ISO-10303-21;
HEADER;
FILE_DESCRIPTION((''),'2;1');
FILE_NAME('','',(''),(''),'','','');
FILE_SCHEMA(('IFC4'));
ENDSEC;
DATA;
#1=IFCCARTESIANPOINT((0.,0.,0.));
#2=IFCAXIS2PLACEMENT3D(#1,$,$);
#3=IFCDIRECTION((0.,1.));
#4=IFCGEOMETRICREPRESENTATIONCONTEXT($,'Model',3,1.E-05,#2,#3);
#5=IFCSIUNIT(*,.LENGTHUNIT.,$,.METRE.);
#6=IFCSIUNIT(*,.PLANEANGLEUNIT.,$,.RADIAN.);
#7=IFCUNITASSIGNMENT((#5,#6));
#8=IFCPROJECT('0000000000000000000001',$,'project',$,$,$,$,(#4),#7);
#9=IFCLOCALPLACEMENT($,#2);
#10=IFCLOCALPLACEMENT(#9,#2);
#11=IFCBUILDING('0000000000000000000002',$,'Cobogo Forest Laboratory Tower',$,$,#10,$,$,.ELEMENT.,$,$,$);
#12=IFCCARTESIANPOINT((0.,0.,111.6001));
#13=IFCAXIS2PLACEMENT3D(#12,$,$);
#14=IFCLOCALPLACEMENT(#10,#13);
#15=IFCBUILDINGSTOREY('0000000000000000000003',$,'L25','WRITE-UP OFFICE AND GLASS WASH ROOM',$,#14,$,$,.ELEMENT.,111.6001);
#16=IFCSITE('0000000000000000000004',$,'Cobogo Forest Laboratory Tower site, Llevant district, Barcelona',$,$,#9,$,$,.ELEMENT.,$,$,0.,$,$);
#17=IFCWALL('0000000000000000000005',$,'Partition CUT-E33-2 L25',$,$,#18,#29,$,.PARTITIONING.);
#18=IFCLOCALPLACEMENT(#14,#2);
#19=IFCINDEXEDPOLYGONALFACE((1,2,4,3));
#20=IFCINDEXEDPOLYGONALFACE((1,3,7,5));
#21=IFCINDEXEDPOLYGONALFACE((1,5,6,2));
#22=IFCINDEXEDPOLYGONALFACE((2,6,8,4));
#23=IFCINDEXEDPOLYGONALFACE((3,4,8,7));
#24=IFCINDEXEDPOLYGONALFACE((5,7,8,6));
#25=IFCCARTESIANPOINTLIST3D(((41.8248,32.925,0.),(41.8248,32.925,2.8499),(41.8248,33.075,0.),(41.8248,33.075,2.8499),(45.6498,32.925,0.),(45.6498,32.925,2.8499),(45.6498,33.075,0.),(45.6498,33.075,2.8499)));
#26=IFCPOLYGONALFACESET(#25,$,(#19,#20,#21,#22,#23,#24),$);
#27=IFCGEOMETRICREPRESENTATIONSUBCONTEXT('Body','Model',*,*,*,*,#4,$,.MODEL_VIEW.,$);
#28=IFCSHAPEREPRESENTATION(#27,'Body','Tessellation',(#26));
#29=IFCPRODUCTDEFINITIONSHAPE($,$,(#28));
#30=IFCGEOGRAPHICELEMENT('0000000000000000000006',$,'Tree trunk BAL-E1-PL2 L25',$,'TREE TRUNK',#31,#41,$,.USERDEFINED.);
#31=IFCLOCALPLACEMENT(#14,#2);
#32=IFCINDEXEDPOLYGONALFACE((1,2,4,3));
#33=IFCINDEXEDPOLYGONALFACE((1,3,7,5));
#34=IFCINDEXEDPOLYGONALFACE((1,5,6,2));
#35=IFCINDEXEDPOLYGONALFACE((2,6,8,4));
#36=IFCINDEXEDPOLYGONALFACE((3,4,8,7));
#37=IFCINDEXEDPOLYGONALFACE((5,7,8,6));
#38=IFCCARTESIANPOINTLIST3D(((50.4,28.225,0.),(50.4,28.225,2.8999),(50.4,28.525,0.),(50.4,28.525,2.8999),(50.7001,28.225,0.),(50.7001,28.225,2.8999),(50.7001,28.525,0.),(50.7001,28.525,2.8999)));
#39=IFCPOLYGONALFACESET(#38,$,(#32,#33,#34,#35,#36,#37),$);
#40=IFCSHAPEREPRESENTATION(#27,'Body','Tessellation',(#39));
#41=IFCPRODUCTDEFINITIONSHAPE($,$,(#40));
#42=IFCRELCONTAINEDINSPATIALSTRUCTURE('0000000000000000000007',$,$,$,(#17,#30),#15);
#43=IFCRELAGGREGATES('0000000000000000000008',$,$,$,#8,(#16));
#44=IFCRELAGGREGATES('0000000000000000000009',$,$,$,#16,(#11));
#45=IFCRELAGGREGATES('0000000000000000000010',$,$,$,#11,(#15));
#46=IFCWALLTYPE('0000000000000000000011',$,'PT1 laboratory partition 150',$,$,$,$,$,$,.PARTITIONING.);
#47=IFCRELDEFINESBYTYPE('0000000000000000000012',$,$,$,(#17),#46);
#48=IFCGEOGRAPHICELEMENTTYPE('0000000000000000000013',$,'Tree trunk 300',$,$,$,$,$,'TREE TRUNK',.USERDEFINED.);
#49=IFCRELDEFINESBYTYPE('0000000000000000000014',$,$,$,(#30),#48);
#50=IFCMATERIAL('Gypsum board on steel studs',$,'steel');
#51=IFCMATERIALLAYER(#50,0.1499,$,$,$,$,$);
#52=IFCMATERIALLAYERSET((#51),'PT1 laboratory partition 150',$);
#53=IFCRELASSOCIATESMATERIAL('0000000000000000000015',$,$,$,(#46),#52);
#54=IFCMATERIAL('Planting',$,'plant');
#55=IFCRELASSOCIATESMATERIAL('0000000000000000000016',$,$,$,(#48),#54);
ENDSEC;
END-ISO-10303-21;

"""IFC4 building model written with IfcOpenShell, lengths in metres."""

from ifc_helpers import new_model, si_unit, direction, frame, frame_2d, origin, origin_2d, place, context, subcontext, project, spatial, rectangle, extrude, material, layer, layer_set, type_object, element, save


model = new_model("IFC4")

# Units and contexts
model_context = context("Model", 3, precision=1e-05, world=origin(), true_north=direction((0.0, 1.0)))
body_context = subcontext(model_context, "Body", "Model", "MODEL_VIEW")
ifc_project = project(units=[si_unit("LENGTHUNIT", "METRE"), si_unit("PLANEANGLEUNIT", "RADIAN")], contexts=[model_context])

# Site, building, storey
site_placement = place(None, origin())
site = spatial("IfcSite", under=ifc_project, at=site_placement, Name="Cobogo Forest Laboratory Tower site, Llevant district, Barcelona", CompositionType="ELEMENT", RefElevation=0.0)
building_placement = place(site_placement, origin())
building = spatial("IfcBuilding", under=site, at=building_placement, Name="Cobogo Forest Laboratory Tower", CompositionType="ELEMENT")
storey_placement = place(building_placement, frame((0.0, 0.0, 111.6001)))
storey = spatial("IfcBuildingStorey", under=building, at=storey_placement, Name="L25", Description="WRITE-UP OFFICE AND GLASS WASH ROOM", CompositionType="ELEMENT", Elevation=111.6001)

# Wall
ifc_material_1 = material(Name="Gypsum board on steel studs", Category="steel")
ifc_layer_1 = layer(ifc_material_1, 0.1499)
ifc_layer_set_1 = layer_set([ifc_layer_1], Name="PT1 laboratory partition 150")
wall_type = type_object("IfcWallType", Name="PT1 laboratory partition 150", PredefinedType="PARTITIONING", material=ifc_layer_set_1)
wall_1_placement = place(storey_placement, frame((45.6499, 33.0, 0.0), z_axis=(0.0, 0.0, 1.0), x_axis=(-1.0, 0.0, 0.0)))
element("IfcWall", 1, at=wall_1_placement, inside=storey, type_object=wall_type, Name="Partition CUT-E33-2 L25", PredefinedType="PARTITIONING", context=body_context, shape_type="SweptSolid", body=[
    extrude(rectangle(XDim=3.825, YDim=0.1499, at=frame_2d((1.9126, 0.0))), origin(), (0.0, 0.0, 1.0), 2.8499),
])

# Geographic element
ifc_material_2 = material(Name="Planting", Category="plant")
geographic_element_type = type_object("IfcGeographicElementType", Name="Tree trunk 300", ElementType="TREE TRUNK", PredefinedType="USERDEFINED", material=ifc_material_2)
geographic_element_placement = place(storey_placement, frame((50.55, 28.375, 0.0), z_axis=(0.0, 0.0, 1.0), x_axis=(1.0, 0.0, 0.0)))
element("IfcGeographicElement", 2, at=geographic_element_placement, inside=storey, type_object=geographic_element_type, Name="Tree trunk BAL-E1-PL2 L25", ObjectType="TREE TRUNK", PredefinedType="USERDEFINED", context=body_context, shape_type="SweptSolid", body=[
    extrude(rectangle(XDim=0.3, YDim=0.3, at=origin_2d()), origin(), (0.0, 0.0, 1.0), 2.8999),
])

save(model, "model.ifc")
